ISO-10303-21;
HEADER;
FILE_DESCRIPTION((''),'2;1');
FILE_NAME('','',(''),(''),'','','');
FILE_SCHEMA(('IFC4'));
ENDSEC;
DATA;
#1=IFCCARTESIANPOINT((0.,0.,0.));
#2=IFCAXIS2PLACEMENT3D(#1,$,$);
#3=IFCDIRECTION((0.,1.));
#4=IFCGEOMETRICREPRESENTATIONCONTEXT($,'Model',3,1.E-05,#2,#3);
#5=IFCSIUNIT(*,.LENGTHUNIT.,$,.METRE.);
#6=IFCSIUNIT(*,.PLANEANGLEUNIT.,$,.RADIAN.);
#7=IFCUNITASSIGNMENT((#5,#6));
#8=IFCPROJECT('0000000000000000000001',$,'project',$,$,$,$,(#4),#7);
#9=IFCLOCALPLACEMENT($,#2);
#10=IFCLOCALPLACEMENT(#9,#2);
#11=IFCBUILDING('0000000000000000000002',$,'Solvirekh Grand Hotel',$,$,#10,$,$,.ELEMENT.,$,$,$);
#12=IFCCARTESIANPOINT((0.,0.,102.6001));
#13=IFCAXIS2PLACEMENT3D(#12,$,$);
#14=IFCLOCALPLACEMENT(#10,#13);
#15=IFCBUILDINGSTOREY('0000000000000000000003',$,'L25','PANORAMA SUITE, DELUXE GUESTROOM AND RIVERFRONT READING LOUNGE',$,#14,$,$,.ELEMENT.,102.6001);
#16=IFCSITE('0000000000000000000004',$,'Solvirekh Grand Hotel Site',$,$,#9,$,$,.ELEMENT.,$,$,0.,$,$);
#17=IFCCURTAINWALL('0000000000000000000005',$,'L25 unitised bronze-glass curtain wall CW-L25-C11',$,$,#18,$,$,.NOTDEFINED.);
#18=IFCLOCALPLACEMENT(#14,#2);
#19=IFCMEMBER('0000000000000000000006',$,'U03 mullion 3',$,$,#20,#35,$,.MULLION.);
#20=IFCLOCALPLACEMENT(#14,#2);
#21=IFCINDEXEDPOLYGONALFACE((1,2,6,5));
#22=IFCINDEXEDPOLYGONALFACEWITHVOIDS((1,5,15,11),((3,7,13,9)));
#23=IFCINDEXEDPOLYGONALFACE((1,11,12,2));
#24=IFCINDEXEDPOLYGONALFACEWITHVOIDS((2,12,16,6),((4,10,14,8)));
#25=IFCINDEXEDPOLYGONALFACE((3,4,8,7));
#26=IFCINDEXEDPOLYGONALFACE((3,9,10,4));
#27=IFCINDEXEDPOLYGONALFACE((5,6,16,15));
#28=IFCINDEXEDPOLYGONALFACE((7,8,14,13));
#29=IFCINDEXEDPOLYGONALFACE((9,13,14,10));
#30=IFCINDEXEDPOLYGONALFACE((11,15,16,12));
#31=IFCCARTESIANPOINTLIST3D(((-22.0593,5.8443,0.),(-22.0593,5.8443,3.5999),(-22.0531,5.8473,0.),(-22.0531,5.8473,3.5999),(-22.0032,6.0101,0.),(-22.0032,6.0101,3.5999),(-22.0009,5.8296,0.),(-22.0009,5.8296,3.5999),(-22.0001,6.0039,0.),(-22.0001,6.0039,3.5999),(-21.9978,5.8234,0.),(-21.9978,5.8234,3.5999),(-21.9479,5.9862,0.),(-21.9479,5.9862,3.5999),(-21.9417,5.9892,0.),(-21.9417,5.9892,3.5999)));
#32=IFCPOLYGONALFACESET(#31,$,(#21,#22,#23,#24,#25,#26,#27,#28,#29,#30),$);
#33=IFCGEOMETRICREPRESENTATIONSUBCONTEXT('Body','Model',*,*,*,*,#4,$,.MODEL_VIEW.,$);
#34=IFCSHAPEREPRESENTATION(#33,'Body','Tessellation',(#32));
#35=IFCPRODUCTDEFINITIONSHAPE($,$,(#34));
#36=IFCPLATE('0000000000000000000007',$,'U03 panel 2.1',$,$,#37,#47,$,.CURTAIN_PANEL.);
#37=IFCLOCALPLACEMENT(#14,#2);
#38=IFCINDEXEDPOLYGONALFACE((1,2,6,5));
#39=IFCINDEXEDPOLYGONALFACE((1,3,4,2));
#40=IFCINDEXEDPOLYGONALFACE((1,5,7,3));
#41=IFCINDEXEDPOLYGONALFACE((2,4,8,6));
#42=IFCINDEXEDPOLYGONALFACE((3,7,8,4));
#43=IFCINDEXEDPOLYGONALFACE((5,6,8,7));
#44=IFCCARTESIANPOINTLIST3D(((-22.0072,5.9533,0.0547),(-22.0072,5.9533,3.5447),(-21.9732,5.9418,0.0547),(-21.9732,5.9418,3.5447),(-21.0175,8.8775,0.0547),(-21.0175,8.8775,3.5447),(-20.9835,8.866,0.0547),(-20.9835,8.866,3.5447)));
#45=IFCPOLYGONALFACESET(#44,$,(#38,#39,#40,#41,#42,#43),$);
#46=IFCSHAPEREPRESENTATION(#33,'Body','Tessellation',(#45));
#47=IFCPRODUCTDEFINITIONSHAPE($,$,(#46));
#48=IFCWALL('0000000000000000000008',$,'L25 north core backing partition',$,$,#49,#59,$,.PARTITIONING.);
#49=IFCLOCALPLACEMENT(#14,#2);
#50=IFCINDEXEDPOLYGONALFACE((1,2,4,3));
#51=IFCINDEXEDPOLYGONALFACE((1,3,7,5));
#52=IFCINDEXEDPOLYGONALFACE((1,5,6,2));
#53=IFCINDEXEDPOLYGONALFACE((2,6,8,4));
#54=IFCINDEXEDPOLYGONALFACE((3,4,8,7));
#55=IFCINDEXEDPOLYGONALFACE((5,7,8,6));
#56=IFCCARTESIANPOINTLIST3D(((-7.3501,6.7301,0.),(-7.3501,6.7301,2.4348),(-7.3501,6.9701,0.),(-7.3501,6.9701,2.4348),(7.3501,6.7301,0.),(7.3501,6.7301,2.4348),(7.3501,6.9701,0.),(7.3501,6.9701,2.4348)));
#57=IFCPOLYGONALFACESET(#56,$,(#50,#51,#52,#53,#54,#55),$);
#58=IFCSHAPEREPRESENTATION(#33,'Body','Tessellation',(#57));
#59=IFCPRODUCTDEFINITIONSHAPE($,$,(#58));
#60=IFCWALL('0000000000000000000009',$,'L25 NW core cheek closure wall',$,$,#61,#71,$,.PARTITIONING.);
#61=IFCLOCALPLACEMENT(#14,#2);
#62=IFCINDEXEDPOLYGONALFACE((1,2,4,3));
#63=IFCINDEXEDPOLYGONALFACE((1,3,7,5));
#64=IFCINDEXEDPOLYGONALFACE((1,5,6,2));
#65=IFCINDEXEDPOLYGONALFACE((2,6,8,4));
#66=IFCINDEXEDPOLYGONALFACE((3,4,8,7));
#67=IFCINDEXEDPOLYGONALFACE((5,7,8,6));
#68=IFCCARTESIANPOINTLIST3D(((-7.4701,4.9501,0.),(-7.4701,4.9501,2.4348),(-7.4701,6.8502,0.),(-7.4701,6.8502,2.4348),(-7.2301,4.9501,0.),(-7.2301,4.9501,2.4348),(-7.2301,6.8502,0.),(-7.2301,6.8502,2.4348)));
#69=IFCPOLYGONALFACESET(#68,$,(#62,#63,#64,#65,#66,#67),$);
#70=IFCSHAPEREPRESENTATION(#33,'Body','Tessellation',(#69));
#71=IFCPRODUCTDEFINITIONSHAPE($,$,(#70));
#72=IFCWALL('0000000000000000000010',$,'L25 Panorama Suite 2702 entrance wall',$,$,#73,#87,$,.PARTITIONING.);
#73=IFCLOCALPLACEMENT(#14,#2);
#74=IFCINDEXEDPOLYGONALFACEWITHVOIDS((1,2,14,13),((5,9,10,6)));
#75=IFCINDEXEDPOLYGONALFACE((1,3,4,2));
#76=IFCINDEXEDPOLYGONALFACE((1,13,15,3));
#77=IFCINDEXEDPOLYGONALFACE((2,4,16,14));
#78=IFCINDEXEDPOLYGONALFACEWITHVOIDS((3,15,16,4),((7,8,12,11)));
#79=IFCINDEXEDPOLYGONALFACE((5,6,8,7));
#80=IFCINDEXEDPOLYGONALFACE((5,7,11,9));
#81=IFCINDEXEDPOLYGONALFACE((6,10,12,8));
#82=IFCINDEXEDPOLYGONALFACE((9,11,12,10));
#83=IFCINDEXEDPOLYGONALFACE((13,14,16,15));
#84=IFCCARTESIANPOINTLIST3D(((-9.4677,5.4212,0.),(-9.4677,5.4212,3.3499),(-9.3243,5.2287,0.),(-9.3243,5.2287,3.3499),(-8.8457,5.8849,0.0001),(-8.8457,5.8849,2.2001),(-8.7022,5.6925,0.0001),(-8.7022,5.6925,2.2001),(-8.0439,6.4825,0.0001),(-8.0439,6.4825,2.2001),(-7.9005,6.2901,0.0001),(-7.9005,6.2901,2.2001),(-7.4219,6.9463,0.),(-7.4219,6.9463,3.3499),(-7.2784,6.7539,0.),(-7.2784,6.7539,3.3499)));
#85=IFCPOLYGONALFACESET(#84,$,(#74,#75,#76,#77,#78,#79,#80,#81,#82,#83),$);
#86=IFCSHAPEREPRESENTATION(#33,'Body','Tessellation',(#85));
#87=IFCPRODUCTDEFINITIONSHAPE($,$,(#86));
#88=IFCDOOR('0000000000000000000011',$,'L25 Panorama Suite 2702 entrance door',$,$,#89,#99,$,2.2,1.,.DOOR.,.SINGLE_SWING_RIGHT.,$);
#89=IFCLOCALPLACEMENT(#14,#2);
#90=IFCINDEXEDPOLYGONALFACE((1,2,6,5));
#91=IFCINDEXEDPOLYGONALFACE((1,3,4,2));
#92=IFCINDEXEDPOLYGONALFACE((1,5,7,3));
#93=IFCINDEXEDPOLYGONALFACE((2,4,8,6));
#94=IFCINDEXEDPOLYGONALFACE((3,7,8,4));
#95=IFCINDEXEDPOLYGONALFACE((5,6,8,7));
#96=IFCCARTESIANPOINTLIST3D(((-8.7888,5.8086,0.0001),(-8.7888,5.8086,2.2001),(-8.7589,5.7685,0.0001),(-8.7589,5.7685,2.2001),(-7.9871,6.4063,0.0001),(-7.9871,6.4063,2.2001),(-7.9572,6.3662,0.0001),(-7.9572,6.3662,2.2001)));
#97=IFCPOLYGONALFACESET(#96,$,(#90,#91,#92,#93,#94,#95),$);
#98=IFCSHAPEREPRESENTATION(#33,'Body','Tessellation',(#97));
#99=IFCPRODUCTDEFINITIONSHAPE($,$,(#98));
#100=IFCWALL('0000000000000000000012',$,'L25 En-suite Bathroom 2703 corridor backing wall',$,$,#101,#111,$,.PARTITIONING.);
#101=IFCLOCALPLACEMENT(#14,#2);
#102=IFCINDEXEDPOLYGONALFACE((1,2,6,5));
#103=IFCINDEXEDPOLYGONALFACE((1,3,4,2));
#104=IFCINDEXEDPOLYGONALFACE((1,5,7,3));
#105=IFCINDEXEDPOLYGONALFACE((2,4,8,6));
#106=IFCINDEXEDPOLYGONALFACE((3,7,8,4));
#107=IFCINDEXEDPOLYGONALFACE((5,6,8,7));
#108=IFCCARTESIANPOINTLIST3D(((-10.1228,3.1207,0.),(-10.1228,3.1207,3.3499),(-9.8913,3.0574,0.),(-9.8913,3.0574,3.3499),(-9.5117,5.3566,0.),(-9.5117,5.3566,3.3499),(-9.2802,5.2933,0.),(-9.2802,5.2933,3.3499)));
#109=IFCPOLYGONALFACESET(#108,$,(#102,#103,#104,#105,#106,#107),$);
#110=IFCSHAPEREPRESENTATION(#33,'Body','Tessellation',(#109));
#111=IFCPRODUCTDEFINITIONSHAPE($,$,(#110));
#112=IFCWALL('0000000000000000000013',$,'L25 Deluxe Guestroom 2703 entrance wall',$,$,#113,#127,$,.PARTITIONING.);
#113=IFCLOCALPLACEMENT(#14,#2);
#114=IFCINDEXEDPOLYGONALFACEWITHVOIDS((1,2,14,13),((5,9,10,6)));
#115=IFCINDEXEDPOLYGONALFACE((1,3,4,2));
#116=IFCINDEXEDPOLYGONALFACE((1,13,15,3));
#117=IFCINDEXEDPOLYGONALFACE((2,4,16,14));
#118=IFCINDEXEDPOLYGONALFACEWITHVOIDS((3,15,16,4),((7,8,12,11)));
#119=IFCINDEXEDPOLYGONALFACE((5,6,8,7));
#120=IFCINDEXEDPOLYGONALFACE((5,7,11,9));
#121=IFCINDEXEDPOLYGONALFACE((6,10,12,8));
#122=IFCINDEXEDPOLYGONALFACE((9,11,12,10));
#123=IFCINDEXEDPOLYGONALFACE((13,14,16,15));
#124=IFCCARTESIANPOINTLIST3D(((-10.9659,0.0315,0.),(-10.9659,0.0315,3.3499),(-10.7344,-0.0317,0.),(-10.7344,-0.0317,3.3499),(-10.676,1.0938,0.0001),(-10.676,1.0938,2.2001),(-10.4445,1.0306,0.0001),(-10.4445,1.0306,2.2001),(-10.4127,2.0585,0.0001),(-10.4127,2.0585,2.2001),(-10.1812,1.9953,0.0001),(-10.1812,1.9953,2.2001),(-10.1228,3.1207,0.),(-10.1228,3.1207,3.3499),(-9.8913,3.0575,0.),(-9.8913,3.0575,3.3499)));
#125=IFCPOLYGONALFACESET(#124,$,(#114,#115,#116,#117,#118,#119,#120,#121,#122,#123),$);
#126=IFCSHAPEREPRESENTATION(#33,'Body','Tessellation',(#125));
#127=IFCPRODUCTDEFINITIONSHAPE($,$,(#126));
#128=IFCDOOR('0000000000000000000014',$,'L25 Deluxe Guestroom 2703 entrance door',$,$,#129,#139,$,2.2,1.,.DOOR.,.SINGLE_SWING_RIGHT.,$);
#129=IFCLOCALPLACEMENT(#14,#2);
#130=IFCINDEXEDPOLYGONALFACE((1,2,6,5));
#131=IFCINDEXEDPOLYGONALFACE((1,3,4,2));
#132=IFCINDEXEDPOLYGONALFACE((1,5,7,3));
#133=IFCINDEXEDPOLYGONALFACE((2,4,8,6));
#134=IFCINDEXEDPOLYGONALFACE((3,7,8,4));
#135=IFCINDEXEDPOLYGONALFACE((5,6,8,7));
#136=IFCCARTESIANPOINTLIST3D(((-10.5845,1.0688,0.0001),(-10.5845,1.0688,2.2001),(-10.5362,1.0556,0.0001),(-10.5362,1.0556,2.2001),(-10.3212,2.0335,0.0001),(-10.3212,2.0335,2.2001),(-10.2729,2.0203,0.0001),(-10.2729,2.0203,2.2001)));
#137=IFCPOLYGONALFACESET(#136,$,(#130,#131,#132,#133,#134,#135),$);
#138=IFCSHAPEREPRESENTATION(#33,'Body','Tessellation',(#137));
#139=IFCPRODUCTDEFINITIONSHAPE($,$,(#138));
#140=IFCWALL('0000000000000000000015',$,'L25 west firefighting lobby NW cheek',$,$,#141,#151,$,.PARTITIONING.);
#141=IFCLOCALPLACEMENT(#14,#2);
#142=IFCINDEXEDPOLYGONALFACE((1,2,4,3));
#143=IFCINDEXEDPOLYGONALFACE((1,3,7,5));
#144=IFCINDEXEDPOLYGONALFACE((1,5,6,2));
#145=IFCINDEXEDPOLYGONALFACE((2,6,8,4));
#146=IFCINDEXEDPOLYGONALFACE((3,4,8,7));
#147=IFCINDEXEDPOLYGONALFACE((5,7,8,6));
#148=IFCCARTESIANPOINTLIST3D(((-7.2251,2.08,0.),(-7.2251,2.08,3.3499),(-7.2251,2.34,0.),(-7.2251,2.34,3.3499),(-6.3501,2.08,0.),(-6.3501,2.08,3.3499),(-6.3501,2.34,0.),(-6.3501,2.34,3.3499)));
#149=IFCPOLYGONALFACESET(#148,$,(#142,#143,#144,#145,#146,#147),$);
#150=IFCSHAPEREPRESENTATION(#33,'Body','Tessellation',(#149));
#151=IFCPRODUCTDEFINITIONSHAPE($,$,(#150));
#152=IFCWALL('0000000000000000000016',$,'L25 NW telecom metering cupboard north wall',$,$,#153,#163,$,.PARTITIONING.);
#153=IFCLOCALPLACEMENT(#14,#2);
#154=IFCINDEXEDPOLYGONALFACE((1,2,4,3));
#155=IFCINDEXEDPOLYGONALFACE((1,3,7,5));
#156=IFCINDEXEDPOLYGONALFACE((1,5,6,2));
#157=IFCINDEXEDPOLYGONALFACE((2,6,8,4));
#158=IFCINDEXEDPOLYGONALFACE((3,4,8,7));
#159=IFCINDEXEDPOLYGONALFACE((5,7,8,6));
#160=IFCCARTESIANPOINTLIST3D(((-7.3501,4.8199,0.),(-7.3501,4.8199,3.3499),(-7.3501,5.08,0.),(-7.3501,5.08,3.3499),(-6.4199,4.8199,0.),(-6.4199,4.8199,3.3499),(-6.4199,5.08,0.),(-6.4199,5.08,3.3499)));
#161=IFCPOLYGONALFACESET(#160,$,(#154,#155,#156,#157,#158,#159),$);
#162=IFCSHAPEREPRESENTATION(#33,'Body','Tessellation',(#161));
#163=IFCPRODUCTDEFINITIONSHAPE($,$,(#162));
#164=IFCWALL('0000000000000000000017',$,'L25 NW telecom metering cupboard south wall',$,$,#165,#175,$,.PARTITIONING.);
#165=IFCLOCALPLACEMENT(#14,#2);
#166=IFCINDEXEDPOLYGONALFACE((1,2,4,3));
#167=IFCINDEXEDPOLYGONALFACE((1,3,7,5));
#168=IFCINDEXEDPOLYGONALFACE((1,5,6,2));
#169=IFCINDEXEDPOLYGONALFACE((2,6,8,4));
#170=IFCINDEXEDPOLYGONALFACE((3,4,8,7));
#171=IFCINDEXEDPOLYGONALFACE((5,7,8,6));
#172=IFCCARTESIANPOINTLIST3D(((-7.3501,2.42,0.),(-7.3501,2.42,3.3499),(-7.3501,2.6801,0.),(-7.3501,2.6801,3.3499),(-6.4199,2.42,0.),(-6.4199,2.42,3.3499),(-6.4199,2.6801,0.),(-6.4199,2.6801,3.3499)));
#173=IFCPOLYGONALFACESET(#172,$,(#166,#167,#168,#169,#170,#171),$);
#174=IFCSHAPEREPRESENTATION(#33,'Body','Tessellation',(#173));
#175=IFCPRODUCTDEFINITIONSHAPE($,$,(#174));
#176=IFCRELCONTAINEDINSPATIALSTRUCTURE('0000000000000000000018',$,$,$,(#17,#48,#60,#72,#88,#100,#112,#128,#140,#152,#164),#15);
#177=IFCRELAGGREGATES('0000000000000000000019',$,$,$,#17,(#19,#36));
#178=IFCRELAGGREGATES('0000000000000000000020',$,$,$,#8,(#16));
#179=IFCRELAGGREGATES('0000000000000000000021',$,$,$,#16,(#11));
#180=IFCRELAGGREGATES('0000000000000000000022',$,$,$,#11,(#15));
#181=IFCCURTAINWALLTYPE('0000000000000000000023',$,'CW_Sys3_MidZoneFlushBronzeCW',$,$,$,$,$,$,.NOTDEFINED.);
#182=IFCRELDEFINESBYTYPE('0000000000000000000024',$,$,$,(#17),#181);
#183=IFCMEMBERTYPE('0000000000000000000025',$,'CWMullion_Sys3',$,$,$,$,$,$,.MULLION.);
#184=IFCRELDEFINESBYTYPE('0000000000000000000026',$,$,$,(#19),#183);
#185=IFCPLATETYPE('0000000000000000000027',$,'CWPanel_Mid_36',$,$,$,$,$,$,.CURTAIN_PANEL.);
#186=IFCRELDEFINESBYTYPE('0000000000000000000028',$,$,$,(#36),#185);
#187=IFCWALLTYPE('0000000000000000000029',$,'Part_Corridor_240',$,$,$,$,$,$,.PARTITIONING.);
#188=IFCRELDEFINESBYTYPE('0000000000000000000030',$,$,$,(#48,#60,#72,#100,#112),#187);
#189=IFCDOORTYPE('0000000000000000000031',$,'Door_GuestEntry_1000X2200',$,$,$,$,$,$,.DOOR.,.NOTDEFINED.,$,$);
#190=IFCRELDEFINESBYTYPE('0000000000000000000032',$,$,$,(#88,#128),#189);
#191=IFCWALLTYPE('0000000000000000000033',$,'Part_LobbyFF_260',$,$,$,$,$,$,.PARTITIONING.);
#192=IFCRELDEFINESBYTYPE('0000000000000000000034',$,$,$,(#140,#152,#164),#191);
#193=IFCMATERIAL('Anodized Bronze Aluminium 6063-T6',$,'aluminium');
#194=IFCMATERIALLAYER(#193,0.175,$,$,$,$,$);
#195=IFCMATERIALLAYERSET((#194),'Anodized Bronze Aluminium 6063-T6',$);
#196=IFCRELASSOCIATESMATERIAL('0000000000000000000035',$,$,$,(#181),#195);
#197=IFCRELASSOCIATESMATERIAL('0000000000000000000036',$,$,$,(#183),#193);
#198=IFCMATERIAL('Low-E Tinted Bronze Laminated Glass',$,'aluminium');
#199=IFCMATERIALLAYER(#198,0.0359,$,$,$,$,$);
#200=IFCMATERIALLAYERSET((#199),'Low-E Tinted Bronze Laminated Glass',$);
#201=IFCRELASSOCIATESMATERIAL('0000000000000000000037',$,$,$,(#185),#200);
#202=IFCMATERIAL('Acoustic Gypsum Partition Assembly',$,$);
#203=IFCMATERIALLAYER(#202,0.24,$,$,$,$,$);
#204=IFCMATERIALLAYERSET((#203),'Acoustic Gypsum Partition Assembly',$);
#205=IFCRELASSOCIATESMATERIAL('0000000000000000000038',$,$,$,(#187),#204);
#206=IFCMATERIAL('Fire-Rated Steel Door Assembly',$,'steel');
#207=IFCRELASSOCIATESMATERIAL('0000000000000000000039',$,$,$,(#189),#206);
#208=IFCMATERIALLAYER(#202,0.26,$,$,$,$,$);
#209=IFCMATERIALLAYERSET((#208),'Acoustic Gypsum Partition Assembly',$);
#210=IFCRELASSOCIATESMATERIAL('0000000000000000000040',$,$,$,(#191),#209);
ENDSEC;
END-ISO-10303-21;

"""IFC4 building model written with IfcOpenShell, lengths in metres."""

from ifc_helpers import new_model, si_unit, direction, frame, frame_2d, origin, origin_2d, place, context, subcontext, project, spatial, rectangle, hollow_rectangle, extrude, source, transform, mapped, material, layer, layer_set, material_profile, profile_set, type_object, element, fill, aggregate, save


model = new_model("IFC4")

# Units and contexts
model_context = context("Model", 3, precision=1e-05, world=origin(), true_north=direction((0.0, 1.0)))
body_context = subcontext(model_context, "Body", "Model", "MODEL_VIEW")
ifc_project = project(units=[si_unit("LENGTHUNIT", "METRE"), si_unit("PLANEANGLEUNIT", "RADIAN")], contexts=[model_context])

# Site, building, storey
site_placement = place(None, origin())
site = spatial("IfcSite", under=ifc_project, at=site_placement, Name="Solvirekh Grand Hotel Site", CompositionType="ELEMENT", RefElevation=0.0)
building_placement = place(site_placement, origin())
building = spatial("IfcBuilding", under=site, at=building_placement, Name="Solvirekh Grand Hotel", CompositionType="ELEMENT")
storey_placement = place(building_placement, frame((0.0, 0.0, 102.6001)))
storey = spatial("IfcBuildingStorey", under=building, at=storey_placement, Name="L25", Description="PANORAMA SUITE, DELUXE GUESTROOM AND RIVERFRONT READING LOUNGE", CompositionType="ELEMENT", Elevation=102.6001)

# Curtain wall, member, plate
ifc_material_1 = material(Name="Anodized Bronze Aluminium 6063-T6", Category="aluminium")
ifc_layer_1 = layer(ifc_material_1, 0.175)
ifc_layer_set_1 = layer_set([ifc_layer_1], Name="Anodized Bronze Aluminium 6063-T6")
curtain_wall_type = type_object("IfcCurtainWallType", Name="CW_Sys3_MidZoneFlushBronzeCW", PredefinedType="NOTDEFINED", material=ifc_layer_set_1)
curtain_wall_placement = place(storey_placement, origin())
curtain_wall = element("IfcCurtainWall", 1, at=curtain_wall_placement, inside=storey, type_object=curtain_wall_type, Name="L25 unitised bronze-glass curtain wall CW-L25-C11", PredefinedType="NOTDEFINED")
ifc_material_profile = material_profile(ifc_material_1, hollow_rectangle(XDim=0.0649, YDim=0.175, WallThickness=0.0049, at=origin_2d()), Name="ALU RHS 175X65X5")
ifc_profile_set = profile_set([ifc_material_profile], Name="Anodized Bronze Aluminium 6063-T6")
member_type = type_object("IfcMemberType", Name="CWMullion_Sys3", PredefinedType="MULLION", material=ifc_profile_set)
shared_shape_1 = source(origin(), body_context, "Body", "SweptSolid", [
    extrude(hollow_rectangle(XDim=0.0649, YDim=0.175, WallThickness=0.0049, at=origin_2d()), origin(), (0.0, 0.0, 1.0), 3.5999),
])
member_placement = place(storey_placement, frame((-22.0005, 5.9167, 0.0), z_axis=(0.0, 0.0, 1.0), x_axis=(0.947213, -0.320605, 0.0)))
member = element("IfcMember", 2, at=member_placement, type_object=member_type, Name="U03 mullion 3", PredefinedType="MULLION", context=body_context, shape_type="MappedRepresentation", body=[
    mapped(shared_shape_1, transform((0.0, 0.0, 0.0), x_axis=(1.0, 0.0, 0.0), y_axis=(0.0, 1.0, 0.0), z_axis=(0.0, 0.0, 1.0), scale=1.0)),
])
ifc_material_2 = material(Name="Low-E Tinted Bronze Laminated Glass", Category="aluminium")
ifc_layer_2 = layer(ifc_material_2, 0.0359)
ifc_layer_set_2 = layer_set([ifc_layer_2], Name="Low-E Tinted Bronze Laminated Glass")
plate_type = type_object("IfcPlateType", Name="CWPanel_Mid_36", PredefinedType="CURTAIN_PANEL", material=ifc_layer_set_2)
shared_shape_2 = source(origin(), body_context, "Body", "SweptSolid", [
    extrude(rectangle(XDim=3.0872, YDim=0.0359, at=origin_2d()), origin(), (0.0, 0.0, 1.0), 3.49),
])
plate_placement = place(storey_placement, frame((-21.4954, 7.4097, 0.0547), z_axis=(0.0, 0.0, 1.0), x_axis=(-0.320605, -0.947213, 0.0)))
plate = element("IfcPlate", 3, at=plate_placement, type_object=plate_type, Name="U03 panel 2.1", PredefinedType="CURTAIN_PANEL", context=body_context, shape_type="MappedRepresentation", body=[
    mapped(shared_shape_2, transform((0.0, 0.0, 0.0), x_axis=(1.0, 0.0, 0.0), y_axis=(0.0, 1.0, 0.0), z_axis=(0.0, 0.0, 1.0), scale=1.0)),
])
aggregate(curtain_wall, [member, plate])

# Walls
ifc_material_3 = material(Name="Acoustic Gypsum Partition Assembly")
ifc_layer_3 = layer(ifc_material_3, 0.24)
ifc_layer_set_3 = layer_set([ifc_layer_3], Name="Acoustic Gypsum Partition Assembly")
wall_type_1 = type_object("IfcWallType", Name="Part_Corridor_240", PredefinedType="PARTITIONING", material=ifc_layer_set_3)
wall_1_placement = place(storey_placement, frame((-7.3501, 6.8501, 0.0), z_axis=(0.0, 0.0, 1.0), x_axis=(1.0, 0.0, 0.0)))
element("IfcWall", 4, at=wall_1_placement, inside=storey, type_object=wall_type_1, Name="L25 north core backing partition", PredefinedType="PARTITIONING", context=body_context, shape_type="SweptSolid", body=[
    extrude(rectangle(XDim=14.7002, YDim=0.24, at=frame_2d((7.3501, 0.0))), origin(), (0.0, 0.0, 1.0), 2.4348),
])
wall_2_placement = place(storey_placement, frame((-7.3501, 4.95, 0.0), z_axis=(0.0, 0.0, 1.0), x_axis=(0.0, 1.0, 0.0)))
element("IfcWall", 5, at=wall_2_placement, inside=storey, type_object=wall_type_1, Name="L25 NW core cheek closure wall", PredefinedType="PARTITIONING", context=body_context, shape_type="SweptSolid", body=[
    extrude(rectangle(XDim=1.9001, YDim=0.24, at=frame_2d((0.9502, 0.0))), origin(), (0.0, 0.0, 1.0), 2.4348),
])

# Wall, opening, door
wall_3_placement = place(storey_placement, frame((-9.396, 5.325, 0.0), z_axis=(0.0, 0.0, 1.0), x_axis=(0.801742, 0.597671, 0.0)))
wall_3 = element("IfcWall", 6, at=wall_3_placement, inside=storey, type_object=wall_type_1, Name="L25 Panorama Suite 2702 entrance wall", PredefinedType="PARTITIONING", context=body_context, shape_type="SweptSolid", body=[
    extrude(rectangle(XDim=2.5518, YDim=0.24, at=frame_2d((1.2759, 0.0))), origin(), (0.0, 0.0, 1.0), 3.3499),
])
opening_1_placement = place(wall_3_placement, frame((0.7759, 0.0, 0.0)))
opening_1 = element("IfcOpeningElement", 7, at=opening_1_placement, cuts=wall_3, PredefinedType="OPENING", context=body_context, shape_type="SweptSolid", body=[
    extrude(rectangle(XDim=1.0, YDim=2.2, at=frame_2d((0.5, 1.1001))), frame((0.0, 0.1299, 0.0), z_axis=(0.0, -1.0, 0.0), x_axis=(1.0, 0.0, 0.0)), (0.0, 0.0, 1.0), 0.26),
])
ifc_material_4 = material(Name="Fire-Rated Steel Door Assembly", Category="steel")
door_type_1 = type_object("IfcDoorType", Name="Door_GuestEntry_1000X2200", OperationType="NOTDEFINED", PredefinedType="DOOR", material=ifc_material_4)
door_1_placement = place(opening_1_placement, origin())
door_1 = element("IfcDoor", 8, at=door_1_placement, inside=storey, type_object=door_type_1, Name="L25 Panorama Suite 2702 entrance door", OperationType="SINGLE_SWING_RIGHT", OverallHeight=2.2, OverallWidth=1.0, PredefinedType="DOOR", context=body_context, shape_type="SweptSolid", body=[
    extrude(rectangle(XDim=1.0, YDim=2.2, at=frame_2d((0.5, 1.1001))), frame((0.0, 0.0249, 0.0), z_axis=(0.0, -1.0, 0.0), x_axis=(1.0, 0.0, 0.0)), (0.0, 0.0, 1.0), 0.05),
])
fill(opening_1, door_1)

# Wall
wall_4_placement = place(storey_placement, frame((-9.396, 5.325, 0.0), z_axis=(0.0, 0.0, 1.0), x_axis=(-0.263643, -0.96462, 0.0)))
element("IfcWall", 9, at=wall_4_placement, inside=storey, type_object=wall_type_1, Name="L25 En-suite Bathroom 2703 corridor backing wall", PredefinedType="PARTITIONING", context=body_context, shape_type="SweptSolid", body=[
    extrude(rectangle(XDim=2.3179, YDim=0.24, at=frame_2d((1.1589, 0.0))), origin(), (0.0, 0.0, 1.0), 3.3499),
])

# Wall, opening, door
wall_5_placement = place(storey_placement, frame((-10.0071, 3.0891, 0.0), z_axis=(0.0, 0.0, 1.0), x_axis=(-0.263272, -0.964722, 0.0)))
wall_5 = element("IfcWall", 10, at=wall_5_placement, inside=storey, type_object=wall_type_1, Name="L25 Deluxe Guestroom 2703 entrance wall", PredefinedType="PARTITIONING", context=body_context, shape_type="SweptSolid", body=[
    extrude(rectangle(XDim=3.2021, YDim=0.24, at=frame_2d((1.6011, 0.0))), origin(), (0.0, 0.0, 1.0), 3.3499),
])
opening_2_placement = place(wall_5_placement, frame((1.1011, 0.0, 0.0)))
opening_2 = element("IfcOpeningElement", 11, at=opening_2_placement, cuts=wall_5, PredefinedType="OPENING", context=body_context, shape_type="SweptSolid", body=[
    extrude(rectangle(XDim=1.0, YDim=2.2, at=frame_2d((0.5, 1.1001))), frame((0.0, 0.1299, 0.0), z_axis=(0.0, -1.0, 0.0), x_axis=(1.0, 0.0, 0.0)), (0.0, 0.0, 1.0), 0.26),
])
door_2_placement = place(opening_2_placement, origin())
door_2 = element("IfcDoor", 12, at=door_2_placement, inside=storey, type_object=door_type_1, Name="L25 Deluxe Guestroom 2703 entrance door", OperationType="SINGLE_SWING_RIGHT", OverallHeight=2.2, OverallWidth=1.0, PredefinedType="DOOR", context=body_context, shape_type="SweptSolid", body=[
    extrude(rectangle(XDim=1.0, YDim=2.2, at=frame_2d((0.5, 1.1001))), frame((0.0, 0.0249, 0.0), z_axis=(0.0, -1.0, 0.0), x_axis=(1.0, 0.0, 0.0)), (0.0, 0.0, 1.0), 0.05),
])
fill(opening_2, door_2)

# Walls
ifc_layer_4 = layer(ifc_material_3, 0.26)
ifc_layer_set_4 = layer_set([ifc_layer_4], Name="Acoustic Gypsum Partition Assembly")
wall_type_2 = type_object("IfcWallType", Name="Part_LobbyFF_260", PredefinedType="PARTITIONING", material=ifc_layer_set_4)
wall_6_placement = place(storey_placement, frame((-7.2251, 2.21, 0.0), z_axis=(0.0, 0.0, 1.0), x_axis=(1.0, 0.0, 0.0)))
element("IfcWall", 13, at=wall_6_placement, inside=storey, type_object=wall_type_2, Name="L25 west firefighting lobby NW cheek", PredefinedType="PARTITIONING", context=body_context, shape_type="SweptSolid", body=[
    extrude(rectangle(XDim=0.875, YDim=0.26, at=frame_2d((0.4375, 0.0))), origin(), (0.0, 0.0, 1.0), 3.3499),
])
for number, where, z_axis, x_axis, name in (
    (14, (-7.3501, 4.95, 0.0), (0.0, 0.0, 1.0), (1.0, 0.0, 0.0), "L25 NW telecom metering cupboard north wall"),
    (15, (-7.3501, 2.55, 0.0), (0.0, 0.0, 1.0), (1.0, 0.0, 0.0), "L25 NW telecom metering cupboard south wall"),
):
    element("IfcWall", number, at=place(storey_placement, frame(where, z_axis=z_axis, x_axis=x_axis)), inside=storey, type_object=wall_type_2, Name=name, PredefinedType="PARTITIONING", context=body_context, shape_type="SweptSolid", body=[
        extrude(rectangle(XDim=0.9302, YDim=0.26, at=frame_2d((0.4651, 0.0))), origin(), (0.0, 0.0, 1.0), 3.3499),
    ])

save(model, "model.ifc")
